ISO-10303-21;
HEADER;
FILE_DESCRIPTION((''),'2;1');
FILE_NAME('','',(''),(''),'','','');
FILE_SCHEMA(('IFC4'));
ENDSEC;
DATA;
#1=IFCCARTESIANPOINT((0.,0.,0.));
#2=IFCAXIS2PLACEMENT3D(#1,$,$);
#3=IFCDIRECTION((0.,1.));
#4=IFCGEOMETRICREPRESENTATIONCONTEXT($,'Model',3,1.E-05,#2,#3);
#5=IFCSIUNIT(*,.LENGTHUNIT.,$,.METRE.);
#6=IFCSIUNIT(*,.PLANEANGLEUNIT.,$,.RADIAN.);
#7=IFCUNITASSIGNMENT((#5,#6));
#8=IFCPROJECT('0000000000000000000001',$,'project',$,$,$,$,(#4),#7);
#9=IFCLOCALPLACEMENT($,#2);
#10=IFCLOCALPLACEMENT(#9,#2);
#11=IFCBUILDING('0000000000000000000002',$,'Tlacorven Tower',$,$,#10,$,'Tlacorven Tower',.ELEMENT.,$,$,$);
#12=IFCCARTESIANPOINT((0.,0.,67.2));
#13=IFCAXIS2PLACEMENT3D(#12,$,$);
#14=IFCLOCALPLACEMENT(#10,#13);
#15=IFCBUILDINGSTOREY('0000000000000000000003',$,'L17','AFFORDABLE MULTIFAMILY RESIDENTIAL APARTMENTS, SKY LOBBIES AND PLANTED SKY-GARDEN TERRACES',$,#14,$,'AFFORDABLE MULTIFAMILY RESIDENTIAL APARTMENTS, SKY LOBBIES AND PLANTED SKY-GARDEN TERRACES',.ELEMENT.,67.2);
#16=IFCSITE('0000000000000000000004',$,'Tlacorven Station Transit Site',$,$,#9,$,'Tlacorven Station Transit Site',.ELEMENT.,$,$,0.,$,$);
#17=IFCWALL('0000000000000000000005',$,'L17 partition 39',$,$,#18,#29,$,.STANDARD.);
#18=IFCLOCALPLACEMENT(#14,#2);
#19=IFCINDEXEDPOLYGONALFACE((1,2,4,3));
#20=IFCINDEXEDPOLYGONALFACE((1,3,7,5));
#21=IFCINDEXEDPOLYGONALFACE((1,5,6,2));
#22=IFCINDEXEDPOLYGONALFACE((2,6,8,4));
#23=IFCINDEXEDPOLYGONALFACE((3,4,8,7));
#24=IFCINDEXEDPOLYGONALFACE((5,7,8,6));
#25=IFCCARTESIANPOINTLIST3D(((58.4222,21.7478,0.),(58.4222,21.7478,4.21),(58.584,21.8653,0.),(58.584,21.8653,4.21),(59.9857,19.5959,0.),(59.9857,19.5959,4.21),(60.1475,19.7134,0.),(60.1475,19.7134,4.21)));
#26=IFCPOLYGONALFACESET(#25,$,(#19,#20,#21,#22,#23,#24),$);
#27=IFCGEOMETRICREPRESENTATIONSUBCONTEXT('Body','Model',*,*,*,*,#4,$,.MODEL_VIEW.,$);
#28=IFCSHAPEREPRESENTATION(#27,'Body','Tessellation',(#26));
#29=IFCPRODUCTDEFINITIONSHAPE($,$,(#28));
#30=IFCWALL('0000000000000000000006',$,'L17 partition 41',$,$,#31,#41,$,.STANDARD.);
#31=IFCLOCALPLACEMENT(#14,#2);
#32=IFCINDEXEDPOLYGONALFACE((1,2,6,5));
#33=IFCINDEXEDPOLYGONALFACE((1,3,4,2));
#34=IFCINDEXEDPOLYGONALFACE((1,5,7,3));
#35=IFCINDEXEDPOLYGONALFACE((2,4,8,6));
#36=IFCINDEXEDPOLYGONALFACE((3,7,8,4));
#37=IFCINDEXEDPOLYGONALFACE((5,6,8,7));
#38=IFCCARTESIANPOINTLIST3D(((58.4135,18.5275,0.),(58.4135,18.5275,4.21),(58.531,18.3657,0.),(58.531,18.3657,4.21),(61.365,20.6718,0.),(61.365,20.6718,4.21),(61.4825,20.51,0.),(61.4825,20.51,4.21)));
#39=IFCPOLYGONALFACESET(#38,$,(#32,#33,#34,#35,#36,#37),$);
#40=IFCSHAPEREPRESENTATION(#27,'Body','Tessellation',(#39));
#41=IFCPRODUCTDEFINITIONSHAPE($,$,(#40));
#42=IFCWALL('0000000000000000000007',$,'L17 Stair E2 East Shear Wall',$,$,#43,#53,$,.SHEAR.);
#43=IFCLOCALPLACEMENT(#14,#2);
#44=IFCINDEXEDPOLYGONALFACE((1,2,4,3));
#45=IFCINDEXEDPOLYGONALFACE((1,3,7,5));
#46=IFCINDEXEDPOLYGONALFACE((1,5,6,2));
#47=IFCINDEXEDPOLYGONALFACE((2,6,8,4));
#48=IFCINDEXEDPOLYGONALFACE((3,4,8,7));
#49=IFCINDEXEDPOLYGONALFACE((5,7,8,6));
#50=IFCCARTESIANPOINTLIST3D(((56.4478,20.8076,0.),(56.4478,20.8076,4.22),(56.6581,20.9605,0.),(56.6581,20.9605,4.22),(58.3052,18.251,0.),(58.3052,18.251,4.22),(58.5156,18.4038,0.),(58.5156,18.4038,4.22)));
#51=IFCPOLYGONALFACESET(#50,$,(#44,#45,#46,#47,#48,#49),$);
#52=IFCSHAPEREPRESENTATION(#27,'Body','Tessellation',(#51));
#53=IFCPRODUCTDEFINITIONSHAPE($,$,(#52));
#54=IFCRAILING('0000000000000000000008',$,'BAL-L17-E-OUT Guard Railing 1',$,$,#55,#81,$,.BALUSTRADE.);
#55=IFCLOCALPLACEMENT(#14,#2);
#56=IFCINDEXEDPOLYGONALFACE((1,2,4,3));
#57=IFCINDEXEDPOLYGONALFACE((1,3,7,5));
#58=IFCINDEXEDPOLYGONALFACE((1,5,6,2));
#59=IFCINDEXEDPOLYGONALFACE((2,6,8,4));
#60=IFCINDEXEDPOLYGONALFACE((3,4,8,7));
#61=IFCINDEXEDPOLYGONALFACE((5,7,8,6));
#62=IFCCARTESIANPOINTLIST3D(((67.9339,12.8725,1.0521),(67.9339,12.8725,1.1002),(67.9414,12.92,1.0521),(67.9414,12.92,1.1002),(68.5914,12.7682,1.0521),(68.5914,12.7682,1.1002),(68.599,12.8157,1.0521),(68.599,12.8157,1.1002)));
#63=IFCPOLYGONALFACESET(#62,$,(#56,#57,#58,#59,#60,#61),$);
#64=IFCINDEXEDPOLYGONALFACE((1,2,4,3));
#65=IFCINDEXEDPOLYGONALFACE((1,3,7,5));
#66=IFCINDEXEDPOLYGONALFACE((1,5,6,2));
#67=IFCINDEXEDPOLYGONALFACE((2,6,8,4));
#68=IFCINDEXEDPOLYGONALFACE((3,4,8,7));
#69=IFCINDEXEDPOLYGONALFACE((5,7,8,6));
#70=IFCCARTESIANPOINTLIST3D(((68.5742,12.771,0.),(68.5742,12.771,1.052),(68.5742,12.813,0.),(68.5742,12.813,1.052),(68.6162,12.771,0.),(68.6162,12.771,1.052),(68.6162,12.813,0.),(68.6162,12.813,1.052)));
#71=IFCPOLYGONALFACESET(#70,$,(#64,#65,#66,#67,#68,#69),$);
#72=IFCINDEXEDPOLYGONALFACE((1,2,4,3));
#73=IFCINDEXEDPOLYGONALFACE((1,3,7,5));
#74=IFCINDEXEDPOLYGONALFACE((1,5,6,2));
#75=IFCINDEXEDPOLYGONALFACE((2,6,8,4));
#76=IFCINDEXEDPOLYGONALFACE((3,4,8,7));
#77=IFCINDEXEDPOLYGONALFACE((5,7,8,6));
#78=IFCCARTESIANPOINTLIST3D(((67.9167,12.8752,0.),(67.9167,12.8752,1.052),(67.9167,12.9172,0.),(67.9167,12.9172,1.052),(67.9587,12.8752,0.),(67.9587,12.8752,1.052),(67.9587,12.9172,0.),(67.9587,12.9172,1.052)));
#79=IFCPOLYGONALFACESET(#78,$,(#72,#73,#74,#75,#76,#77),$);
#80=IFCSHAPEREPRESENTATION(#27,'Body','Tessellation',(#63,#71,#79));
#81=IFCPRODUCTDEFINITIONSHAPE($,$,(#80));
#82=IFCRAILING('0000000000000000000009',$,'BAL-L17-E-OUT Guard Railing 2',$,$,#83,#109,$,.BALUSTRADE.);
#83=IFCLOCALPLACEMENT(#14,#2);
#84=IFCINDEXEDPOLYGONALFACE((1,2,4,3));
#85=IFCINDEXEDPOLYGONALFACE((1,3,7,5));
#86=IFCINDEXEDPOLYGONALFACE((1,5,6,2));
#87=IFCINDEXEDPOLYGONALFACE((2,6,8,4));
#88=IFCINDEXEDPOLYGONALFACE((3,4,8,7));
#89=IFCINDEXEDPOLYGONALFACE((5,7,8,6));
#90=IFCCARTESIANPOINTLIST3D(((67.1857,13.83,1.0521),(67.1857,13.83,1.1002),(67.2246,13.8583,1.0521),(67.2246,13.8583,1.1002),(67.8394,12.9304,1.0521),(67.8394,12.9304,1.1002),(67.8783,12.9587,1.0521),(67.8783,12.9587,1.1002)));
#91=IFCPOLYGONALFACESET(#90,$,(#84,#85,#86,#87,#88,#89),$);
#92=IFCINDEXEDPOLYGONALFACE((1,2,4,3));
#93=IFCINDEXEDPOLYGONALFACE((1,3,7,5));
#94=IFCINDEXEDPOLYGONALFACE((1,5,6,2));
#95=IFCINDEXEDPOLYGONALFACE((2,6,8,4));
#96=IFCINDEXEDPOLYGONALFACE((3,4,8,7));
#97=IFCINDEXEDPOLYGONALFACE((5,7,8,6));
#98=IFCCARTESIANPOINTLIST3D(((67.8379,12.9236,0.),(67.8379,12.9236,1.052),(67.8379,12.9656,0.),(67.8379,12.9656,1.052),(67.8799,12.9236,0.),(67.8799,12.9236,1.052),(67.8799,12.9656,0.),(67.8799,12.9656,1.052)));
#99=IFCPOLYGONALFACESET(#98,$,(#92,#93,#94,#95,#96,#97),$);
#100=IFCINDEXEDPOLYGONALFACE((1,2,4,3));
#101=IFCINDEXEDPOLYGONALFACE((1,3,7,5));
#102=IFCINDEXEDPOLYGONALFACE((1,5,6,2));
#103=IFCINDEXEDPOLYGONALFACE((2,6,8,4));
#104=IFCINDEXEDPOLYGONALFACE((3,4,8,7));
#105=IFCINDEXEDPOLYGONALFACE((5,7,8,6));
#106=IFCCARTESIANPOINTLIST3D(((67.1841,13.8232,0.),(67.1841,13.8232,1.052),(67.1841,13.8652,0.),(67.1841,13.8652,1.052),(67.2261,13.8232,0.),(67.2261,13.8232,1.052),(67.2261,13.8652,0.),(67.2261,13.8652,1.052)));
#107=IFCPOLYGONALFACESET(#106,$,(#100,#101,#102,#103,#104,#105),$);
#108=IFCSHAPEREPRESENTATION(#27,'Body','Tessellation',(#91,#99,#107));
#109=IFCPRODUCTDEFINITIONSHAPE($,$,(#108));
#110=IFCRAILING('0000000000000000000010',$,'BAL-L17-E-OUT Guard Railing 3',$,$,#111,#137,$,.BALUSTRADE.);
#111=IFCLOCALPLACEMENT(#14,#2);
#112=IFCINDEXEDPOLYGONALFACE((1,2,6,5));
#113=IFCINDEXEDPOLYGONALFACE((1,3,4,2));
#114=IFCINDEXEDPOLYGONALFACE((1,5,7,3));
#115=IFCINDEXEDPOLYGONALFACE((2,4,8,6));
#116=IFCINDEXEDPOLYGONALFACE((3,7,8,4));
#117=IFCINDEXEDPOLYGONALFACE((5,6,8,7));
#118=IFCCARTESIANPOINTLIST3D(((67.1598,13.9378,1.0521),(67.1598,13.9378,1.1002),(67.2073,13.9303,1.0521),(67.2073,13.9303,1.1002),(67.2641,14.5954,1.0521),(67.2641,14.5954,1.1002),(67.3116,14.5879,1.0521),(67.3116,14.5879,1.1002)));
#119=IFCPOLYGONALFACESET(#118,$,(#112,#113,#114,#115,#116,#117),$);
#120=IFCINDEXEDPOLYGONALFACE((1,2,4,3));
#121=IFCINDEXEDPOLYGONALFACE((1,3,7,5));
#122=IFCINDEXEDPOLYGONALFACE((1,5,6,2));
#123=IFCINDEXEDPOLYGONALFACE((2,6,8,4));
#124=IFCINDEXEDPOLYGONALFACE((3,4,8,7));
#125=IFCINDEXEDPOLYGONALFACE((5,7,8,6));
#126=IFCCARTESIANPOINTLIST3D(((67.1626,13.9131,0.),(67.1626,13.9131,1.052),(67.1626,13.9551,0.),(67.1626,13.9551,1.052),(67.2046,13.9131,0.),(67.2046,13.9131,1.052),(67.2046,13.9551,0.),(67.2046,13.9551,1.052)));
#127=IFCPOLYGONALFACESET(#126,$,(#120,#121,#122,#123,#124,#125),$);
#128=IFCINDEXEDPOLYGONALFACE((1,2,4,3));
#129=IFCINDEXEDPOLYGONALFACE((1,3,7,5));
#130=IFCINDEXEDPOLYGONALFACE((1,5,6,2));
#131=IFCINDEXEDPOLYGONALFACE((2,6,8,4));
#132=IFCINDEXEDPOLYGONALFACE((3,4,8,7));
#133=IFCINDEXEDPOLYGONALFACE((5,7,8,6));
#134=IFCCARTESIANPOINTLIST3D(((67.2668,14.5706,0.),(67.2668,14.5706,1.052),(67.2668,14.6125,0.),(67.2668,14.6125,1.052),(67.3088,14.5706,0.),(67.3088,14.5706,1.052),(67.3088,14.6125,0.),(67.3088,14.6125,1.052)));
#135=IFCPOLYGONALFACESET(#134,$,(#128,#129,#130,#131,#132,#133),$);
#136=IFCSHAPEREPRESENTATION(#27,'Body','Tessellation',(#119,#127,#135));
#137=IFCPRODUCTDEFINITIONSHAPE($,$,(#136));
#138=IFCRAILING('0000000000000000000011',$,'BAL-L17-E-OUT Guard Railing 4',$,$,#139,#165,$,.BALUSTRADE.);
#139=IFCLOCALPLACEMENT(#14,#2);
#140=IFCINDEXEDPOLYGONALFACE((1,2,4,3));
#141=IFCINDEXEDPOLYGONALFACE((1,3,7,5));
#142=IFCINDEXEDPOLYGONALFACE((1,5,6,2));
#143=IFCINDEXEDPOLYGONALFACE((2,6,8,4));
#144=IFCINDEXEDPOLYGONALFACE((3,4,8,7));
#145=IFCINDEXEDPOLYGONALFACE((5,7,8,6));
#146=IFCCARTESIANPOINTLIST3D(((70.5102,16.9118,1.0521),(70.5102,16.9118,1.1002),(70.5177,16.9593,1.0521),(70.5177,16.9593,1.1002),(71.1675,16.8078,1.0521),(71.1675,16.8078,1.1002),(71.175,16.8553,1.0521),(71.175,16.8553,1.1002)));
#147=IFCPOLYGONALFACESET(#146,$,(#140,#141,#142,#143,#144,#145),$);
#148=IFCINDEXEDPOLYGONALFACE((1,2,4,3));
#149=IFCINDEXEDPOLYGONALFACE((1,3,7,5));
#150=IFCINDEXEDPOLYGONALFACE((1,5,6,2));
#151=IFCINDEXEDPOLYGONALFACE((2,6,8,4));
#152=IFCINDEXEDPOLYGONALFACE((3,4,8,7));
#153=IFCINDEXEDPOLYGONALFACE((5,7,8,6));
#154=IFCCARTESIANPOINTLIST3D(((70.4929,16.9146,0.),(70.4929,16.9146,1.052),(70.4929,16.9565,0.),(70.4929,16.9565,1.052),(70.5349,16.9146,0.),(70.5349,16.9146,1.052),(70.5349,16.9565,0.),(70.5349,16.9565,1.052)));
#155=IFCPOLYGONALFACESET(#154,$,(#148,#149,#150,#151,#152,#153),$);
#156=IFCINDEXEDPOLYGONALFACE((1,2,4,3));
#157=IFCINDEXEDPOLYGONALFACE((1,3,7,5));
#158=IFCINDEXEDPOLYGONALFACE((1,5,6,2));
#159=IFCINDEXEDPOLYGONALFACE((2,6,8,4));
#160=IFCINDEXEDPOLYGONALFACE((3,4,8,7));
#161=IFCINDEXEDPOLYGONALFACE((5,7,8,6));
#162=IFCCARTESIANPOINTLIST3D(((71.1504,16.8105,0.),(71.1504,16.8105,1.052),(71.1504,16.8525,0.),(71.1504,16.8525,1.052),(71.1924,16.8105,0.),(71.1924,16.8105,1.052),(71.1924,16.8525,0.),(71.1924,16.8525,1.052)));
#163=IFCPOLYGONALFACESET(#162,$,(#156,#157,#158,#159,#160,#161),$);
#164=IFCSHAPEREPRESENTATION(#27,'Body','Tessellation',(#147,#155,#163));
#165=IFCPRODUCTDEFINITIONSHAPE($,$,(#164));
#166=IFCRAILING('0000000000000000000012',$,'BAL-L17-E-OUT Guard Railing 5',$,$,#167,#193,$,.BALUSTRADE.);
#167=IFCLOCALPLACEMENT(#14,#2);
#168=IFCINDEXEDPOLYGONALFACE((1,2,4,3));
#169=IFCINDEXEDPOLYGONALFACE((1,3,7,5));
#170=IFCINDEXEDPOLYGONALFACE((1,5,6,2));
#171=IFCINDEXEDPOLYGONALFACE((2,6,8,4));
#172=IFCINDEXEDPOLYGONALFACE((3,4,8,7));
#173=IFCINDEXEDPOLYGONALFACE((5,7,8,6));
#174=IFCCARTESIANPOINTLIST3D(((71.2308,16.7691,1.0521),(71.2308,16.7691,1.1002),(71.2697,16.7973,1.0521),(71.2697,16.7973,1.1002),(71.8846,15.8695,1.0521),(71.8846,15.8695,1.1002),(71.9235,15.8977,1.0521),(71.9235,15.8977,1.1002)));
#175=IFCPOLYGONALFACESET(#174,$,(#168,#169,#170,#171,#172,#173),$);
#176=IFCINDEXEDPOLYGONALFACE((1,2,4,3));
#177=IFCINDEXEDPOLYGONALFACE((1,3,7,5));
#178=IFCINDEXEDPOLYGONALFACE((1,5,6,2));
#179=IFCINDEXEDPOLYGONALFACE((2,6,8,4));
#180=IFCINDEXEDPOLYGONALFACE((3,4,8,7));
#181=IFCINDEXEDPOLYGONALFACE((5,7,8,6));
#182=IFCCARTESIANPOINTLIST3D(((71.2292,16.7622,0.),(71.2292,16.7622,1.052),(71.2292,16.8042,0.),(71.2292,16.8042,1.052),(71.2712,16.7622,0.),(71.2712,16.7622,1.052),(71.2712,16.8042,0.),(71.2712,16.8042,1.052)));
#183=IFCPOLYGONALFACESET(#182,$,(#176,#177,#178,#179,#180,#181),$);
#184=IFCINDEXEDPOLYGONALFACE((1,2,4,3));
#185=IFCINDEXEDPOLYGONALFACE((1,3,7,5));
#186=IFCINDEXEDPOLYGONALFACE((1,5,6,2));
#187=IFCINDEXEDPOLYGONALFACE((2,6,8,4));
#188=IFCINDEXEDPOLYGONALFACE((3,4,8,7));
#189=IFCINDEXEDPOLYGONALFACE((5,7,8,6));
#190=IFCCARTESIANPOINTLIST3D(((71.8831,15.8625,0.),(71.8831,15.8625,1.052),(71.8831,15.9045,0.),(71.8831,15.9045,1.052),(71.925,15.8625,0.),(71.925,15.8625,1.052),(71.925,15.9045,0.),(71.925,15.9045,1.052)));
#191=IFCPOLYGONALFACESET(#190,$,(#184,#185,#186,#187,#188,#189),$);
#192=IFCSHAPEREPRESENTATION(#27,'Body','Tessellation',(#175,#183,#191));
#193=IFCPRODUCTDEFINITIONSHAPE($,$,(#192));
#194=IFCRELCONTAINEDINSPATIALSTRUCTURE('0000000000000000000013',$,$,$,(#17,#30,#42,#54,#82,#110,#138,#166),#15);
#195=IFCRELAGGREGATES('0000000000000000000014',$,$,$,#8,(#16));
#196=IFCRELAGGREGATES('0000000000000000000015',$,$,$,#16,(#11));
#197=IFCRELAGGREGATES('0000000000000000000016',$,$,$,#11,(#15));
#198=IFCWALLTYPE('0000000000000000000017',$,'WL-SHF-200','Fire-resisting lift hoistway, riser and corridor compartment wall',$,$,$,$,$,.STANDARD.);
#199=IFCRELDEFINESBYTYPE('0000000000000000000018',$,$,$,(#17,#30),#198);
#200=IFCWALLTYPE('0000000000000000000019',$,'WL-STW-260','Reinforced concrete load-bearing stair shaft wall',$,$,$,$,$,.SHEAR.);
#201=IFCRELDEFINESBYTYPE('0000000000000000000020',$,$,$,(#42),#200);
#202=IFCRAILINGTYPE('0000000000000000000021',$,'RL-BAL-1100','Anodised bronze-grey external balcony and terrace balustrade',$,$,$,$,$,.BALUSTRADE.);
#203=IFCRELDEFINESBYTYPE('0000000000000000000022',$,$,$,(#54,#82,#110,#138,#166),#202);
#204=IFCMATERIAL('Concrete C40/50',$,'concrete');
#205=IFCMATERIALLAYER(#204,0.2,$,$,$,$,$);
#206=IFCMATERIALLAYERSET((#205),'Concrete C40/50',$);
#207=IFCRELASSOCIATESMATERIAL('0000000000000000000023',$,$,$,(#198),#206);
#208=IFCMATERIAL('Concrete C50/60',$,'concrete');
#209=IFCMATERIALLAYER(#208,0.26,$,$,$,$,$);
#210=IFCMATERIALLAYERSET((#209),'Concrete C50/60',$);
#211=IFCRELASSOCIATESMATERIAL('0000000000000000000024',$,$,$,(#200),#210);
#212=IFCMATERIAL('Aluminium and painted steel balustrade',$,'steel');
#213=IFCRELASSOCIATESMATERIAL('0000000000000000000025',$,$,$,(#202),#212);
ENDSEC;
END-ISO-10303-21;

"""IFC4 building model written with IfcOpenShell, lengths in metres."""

from ifc_helpers import new_model, si_unit, direction, frame, frame_2d, origin, origin_2d, place, context, subcontext, project, spatial, rectangle, extrude, source, transform, mapped, material, layer, layer_set, type_object, element, save


model = new_model("IFC4")

# Units and contexts
model_context = context("Model", 3, precision=1e-05, world=origin(), true_north=direction((0.0, 1.0)))
body_context = subcontext(model_context, "Body", "Model", "MODEL_VIEW")
ifc_project = project(units=[si_unit("LENGTHUNIT", "METRE"), si_unit("PLANEANGLEUNIT", "RADIAN")], contexts=[model_context])

# Site, building, storey
site_placement = place(None, origin())
site = spatial("IfcSite", under=ifc_project, at=site_placement, Name="Tlacorven Station Transit Site", LongName="Tlacorven Station Transit Site", CompositionType="ELEMENT", RefElevation=0.0)
building_placement = place(site_placement, origin())
building = spatial("IfcBuilding", under=site, at=building_placement, Name="Tlacorven Tower", LongName="Tlacorven Tower", CompositionType="ELEMENT")
storey_placement = place(building_placement, frame((0.0, 0.0, 67.2)))
storey = spatial("IfcBuildingStorey", under=building, at=storey_placement, Name="L17", Description="AFFORDABLE MULTIFAMILY RESIDENTIAL APARTMENTS, SKY LOBBIES AND PLANTED SKY-GARDEN TERRACES", LongName="AFFORDABLE MULTIFAMILY RESIDENTIAL APARTMENTS, SKY LOBBIES AND PLANTED SKY-GARDEN TERRACES", CompositionType="ELEMENT", Elevation=67.2)

# Walls
ifc_material_1 = material(Name="Concrete C40/50", Category="concrete")
ifc_layer_1 = layer(ifc_material_1, 0.2)
ifc_layer_set_1 = layer_set([ifc_layer_1], Name="Concrete C40/50")
wall_type_1 = type_object("IfcWallType", Name="WL-SHF-200", Description="Fire-resisting lift hoistway, riser and corridor compartment wall", PredefinedType="STANDARD", material=ifc_layer_set_1)
wall_1_placement = place(storey_placement, frame((60.0667, 19.6545, 0.0), z_axis=(0.0, 0.0, 1.0), x_axis=(-0.587801, 0.809006, 0.0)))
element("IfcWall", 1, at=wall_1_placement, inside=storey, type_object=wall_type_1, Name="L17 partition 39", PredefinedType="STANDARD", context=body_context, shape_type="SweptSolid", body=[
    extrude(rectangle(XDim=2.6599, YDim=0.2, at=frame_2d((1.3301, 0.0))), origin(), (0.0, 0.0, 1.0), 4.21),
])
wall_2_placement = place(storey_placement, frame((58.4722, 18.4465, 0.0), z_axis=(0.0, 0.0, 1.0), x_axis=(0.809022, 0.587778, 0.0)))
element("IfcWall", 2, at=wall_2_placement, inside=storey, type_object=wall_type_1, Name="L17 partition 41", PredefinedType="STANDARD", context=body_context, shape_type="SweptSolid", body=[
    extrude(rectangle(XDim=3.6482, YDim=0.2, at=frame_2d((1.8242, 0.0))), origin(), (0.0, 0.0, 1.0), 4.21),
])
ifc_material_2 = material(Name="Concrete C50/60", Category="concrete")
ifc_layer_2 = layer(ifc_material_2, 0.26)
ifc_layer_set_2 = layer_set([ifc_layer_2], Name="Concrete C50/60")
wall_type_2 = type_object("IfcWallType", Name="WL-STW-260", Description="Reinforced concrete load-bearing stair shaft wall", PredefinedType="SHEAR", material=ifc_layer_set_2)
wall_3_placement = place(storey_placement, frame((58.4104, 18.3274, 0.0), z_axis=(0.0, 0.0, 1.0), x_axis=(-0.587767, 0.80903, 0.0)))
element("IfcWall", 3, at=wall_3_placement, inside=storey, type_object=wall_type_2, Name="L17 Stair E2 East Shear Wall", PredefinedType="SHEAR", context=body_context, shape_type="SweptSolid", body=[
    extrude(rectangle(XDim=3.1602, YDim=0.26, at=frame_2d((1.5801, 0.0))), origin(), (0.0, 0.0, 1.0), 4.22),
])

# Railings
ifc_material_3 = material(Name="Aluminium and painted steel balustrade", Category="steel")
railing_type = type_object("IfcRailingType", Name="RL-BAL-1100", Description="Anodised bronze-grey external balcony and terrace balustrade", PredefinedType="BALUSTRADE", material=ifc_material_3)
shared_shape_1 = source(origin(), body_context, "Body", "SweptSolid", [
    extrude(rectangle(XDim=0.0481, YDim=0.0481, at=origin_2d()), frame((0.0, 0.0, 1.0762), z_axis=(-0.987662, 0.156603, 0.0), x_axis=(-0.156603, -0.987662, 0.0)), (0.0, 0.0, 1.0), 0.6658),
    extrude(rectangle(XDim=0.042, YDim=0.042, at=origin_2d()), origin(), (0.0, 0.0, 1.0), 1.052),
    extrude(rectangle(XDim=0.042, YDim=0.042, at=origin_2d()), frame((-0.6575, 0.1042, 0.0)), (0.0, 0.0, 1.0), 1.052),
])
railing_1_placement = place(storey_placement, frame((68.5952, 12.792, 0.0)))
element("IfcRailing", 4, at=railing_1_placement, inside=storey, type_object=railing_type, Name="BAL-L17-E-OUT Guard Railing 1", PredefinedType="BALUSTRADE", context=body_context, shape_type="MappedRepresentation", body=[
    mapped(shared_shape_1, transform((0.0, 0.0, 0.0), scale=1.0)),
])
shared_shape_2 = source(origin(), body_context, "Body", "SweptSolid", [
    extrude(rectangle(XDim=0.0481, YDim=0.0481, at=origin_2d()), frame((0.0, 0.0, 1.0762), z_axis=(-0.587884, 0.808945, 0.0), x_axis=(-0.808945, -0.587884, 0.0)), (0.0, 0.0, 1.0), 1.1121),
    extrude(rectangle(XDim=0.042, YDim=0.042, at=origin_2d()), origin(), (0.0, 0.0, 1.0), 1.052),
    extrude(rectangle(XDim=0.042, YDim=0.042, at=origin_2d()), frame((-0.6538, 0.8997, 0.0)), (0.0, 0.0, 1.0), 1.052),
])
railing_2_placement = place(storey_placement, frame((67.8589, 12.9446, 0.0)))
element("IfcRailing", 5, at=railing_2_placement, inside=storey, type_object=railing_type, Name="BAL-L17-E-OUT Guard Railing 2", PredefinedType="BALUSTRADE", context=body_context, shape_type="MappedRepresentation", body=[
    mapped(shared_shape_2, transform((0.0, 0.0, 0.0), scale=1.0)),
])
shared_shape_3 = source(origin(), body_context, "Body", "SweptSolid", [
    extrude(rectangle(XDim=0.0481, YDim=0.0481, at=origin_2d()), frame((0.0, 0.0, 1.0762), z_axis=(0.156603, 0.987662, 0.0), x_axis=(-0.987662, 0.156603, 0.0)), (0.0, 0.0, 1.0), 0.6658),
    extrude(rectangle(XDim=0.042, YDim=0.042, at=origin_2d()), origin(), (0.0, 0.0, 1.0), 1.052),
    extrude(rectangle(XDim=0.042, YDim=0.042, at=origin_2d()), frame((0.1042, 0.6575, 0.0)), (0.0, 0.0, 1.0), 1.052),
])
railing_3_placement = place(storey_placement, frame((67.1836, 13.9341, 0.0)))
element("IfcRailing", 6, at=railing_3_placement, inside=storey, type_object=railing_type, Name="BAL-L17-E-OUT Guard Railing 3", PredefinedType="BALUSTRADE", context=body_context, shape_type="MappedRepresentation", body=[
    mapped(shared_shape_3, transform((0.0, 0.0, 0.0), scale=1.0)),
])
shared_shape_4 = source(origin(), body_context, "Body", "SweptSolid", [
    extrude(rectangle(XDim=0.0481, YDim=0.0481, at=origin_2d()), frame((0.0, 0.0, 1.0762), z_axis=(0.987718, -0.156245, 0.0), x_axis=(0.156245, 0.987718, 0.0)), (0.0, 0.0, 1.0), 0.6655),
    extrude(rectangle(XDim=0.042, YDim=0.042, at=origin_2d()), origin(), (0.0, 0.0, 1.0), 1.052),
    extrude(rectangle(XDim=0.042, YDim=0.042, at=origin_2d()), frame((0.6575, -0.104, 0.0)), (0.0, 0.0, 1.0), 1.052),
])
railing_4_placement = place(storey_placement, frame((70.5139, 16.9355, 0.0)))
element("IfcRailing", 7, at=railing_4_placement, inside=storey, type_object=railing_type, Name="BAL-L17-E-OUT Guard Railing 4", PredefinedType="BALUSTRADE", context=body_context, shape_type="MappedRepresentation", body=[
    mapped(shared_shape_4, transform((0.0, 0.0, 0.0), scale=1.0)),
])
shared_shape_5 = source(origin(), body_context, "Body", "SweptSolid", [
    extrude(rectangle(XDim=0.0481, YDim=0.0481, at=origin_2d()), frame((0.0, 0.0, 1.0762), z_axis=(0.587884, -0.808945, 0.0), x_axis=(0.808945, 0.587884, 0.0)), (0.0, 0.0, 1.0), 1.1121),
    extrude(rectangle(XDim=0.042, YDim=0.042, at=origin_2d()), origin(), (0.0, 0.0, 1.0), 1.052),
    extrude(rectangle(XDim=0.042, YDim=0.042, at=origin_2d()), frame((0.6538, -0.8997, 0.0)), (0.0, 0.0, 1.0), 1.052),
])
railing_5_placement = place(storey_placement, frame((71.2502, 16.7832, 0.0)))
element("IfcRailing", 8, at=railing_5_placement, inside=storey, type_object=railing_type, Name="BAL-L17-E-OUT Guard Railing 5", PredefinedType="BALUSTRADE", context=body_context, shape_type="MappedRepresentation", body=[
    mapped(shared_shape_5, transform((0.0, 0.0, 0.0), scale=1.0)),
])

save(model, "model.ifc")
